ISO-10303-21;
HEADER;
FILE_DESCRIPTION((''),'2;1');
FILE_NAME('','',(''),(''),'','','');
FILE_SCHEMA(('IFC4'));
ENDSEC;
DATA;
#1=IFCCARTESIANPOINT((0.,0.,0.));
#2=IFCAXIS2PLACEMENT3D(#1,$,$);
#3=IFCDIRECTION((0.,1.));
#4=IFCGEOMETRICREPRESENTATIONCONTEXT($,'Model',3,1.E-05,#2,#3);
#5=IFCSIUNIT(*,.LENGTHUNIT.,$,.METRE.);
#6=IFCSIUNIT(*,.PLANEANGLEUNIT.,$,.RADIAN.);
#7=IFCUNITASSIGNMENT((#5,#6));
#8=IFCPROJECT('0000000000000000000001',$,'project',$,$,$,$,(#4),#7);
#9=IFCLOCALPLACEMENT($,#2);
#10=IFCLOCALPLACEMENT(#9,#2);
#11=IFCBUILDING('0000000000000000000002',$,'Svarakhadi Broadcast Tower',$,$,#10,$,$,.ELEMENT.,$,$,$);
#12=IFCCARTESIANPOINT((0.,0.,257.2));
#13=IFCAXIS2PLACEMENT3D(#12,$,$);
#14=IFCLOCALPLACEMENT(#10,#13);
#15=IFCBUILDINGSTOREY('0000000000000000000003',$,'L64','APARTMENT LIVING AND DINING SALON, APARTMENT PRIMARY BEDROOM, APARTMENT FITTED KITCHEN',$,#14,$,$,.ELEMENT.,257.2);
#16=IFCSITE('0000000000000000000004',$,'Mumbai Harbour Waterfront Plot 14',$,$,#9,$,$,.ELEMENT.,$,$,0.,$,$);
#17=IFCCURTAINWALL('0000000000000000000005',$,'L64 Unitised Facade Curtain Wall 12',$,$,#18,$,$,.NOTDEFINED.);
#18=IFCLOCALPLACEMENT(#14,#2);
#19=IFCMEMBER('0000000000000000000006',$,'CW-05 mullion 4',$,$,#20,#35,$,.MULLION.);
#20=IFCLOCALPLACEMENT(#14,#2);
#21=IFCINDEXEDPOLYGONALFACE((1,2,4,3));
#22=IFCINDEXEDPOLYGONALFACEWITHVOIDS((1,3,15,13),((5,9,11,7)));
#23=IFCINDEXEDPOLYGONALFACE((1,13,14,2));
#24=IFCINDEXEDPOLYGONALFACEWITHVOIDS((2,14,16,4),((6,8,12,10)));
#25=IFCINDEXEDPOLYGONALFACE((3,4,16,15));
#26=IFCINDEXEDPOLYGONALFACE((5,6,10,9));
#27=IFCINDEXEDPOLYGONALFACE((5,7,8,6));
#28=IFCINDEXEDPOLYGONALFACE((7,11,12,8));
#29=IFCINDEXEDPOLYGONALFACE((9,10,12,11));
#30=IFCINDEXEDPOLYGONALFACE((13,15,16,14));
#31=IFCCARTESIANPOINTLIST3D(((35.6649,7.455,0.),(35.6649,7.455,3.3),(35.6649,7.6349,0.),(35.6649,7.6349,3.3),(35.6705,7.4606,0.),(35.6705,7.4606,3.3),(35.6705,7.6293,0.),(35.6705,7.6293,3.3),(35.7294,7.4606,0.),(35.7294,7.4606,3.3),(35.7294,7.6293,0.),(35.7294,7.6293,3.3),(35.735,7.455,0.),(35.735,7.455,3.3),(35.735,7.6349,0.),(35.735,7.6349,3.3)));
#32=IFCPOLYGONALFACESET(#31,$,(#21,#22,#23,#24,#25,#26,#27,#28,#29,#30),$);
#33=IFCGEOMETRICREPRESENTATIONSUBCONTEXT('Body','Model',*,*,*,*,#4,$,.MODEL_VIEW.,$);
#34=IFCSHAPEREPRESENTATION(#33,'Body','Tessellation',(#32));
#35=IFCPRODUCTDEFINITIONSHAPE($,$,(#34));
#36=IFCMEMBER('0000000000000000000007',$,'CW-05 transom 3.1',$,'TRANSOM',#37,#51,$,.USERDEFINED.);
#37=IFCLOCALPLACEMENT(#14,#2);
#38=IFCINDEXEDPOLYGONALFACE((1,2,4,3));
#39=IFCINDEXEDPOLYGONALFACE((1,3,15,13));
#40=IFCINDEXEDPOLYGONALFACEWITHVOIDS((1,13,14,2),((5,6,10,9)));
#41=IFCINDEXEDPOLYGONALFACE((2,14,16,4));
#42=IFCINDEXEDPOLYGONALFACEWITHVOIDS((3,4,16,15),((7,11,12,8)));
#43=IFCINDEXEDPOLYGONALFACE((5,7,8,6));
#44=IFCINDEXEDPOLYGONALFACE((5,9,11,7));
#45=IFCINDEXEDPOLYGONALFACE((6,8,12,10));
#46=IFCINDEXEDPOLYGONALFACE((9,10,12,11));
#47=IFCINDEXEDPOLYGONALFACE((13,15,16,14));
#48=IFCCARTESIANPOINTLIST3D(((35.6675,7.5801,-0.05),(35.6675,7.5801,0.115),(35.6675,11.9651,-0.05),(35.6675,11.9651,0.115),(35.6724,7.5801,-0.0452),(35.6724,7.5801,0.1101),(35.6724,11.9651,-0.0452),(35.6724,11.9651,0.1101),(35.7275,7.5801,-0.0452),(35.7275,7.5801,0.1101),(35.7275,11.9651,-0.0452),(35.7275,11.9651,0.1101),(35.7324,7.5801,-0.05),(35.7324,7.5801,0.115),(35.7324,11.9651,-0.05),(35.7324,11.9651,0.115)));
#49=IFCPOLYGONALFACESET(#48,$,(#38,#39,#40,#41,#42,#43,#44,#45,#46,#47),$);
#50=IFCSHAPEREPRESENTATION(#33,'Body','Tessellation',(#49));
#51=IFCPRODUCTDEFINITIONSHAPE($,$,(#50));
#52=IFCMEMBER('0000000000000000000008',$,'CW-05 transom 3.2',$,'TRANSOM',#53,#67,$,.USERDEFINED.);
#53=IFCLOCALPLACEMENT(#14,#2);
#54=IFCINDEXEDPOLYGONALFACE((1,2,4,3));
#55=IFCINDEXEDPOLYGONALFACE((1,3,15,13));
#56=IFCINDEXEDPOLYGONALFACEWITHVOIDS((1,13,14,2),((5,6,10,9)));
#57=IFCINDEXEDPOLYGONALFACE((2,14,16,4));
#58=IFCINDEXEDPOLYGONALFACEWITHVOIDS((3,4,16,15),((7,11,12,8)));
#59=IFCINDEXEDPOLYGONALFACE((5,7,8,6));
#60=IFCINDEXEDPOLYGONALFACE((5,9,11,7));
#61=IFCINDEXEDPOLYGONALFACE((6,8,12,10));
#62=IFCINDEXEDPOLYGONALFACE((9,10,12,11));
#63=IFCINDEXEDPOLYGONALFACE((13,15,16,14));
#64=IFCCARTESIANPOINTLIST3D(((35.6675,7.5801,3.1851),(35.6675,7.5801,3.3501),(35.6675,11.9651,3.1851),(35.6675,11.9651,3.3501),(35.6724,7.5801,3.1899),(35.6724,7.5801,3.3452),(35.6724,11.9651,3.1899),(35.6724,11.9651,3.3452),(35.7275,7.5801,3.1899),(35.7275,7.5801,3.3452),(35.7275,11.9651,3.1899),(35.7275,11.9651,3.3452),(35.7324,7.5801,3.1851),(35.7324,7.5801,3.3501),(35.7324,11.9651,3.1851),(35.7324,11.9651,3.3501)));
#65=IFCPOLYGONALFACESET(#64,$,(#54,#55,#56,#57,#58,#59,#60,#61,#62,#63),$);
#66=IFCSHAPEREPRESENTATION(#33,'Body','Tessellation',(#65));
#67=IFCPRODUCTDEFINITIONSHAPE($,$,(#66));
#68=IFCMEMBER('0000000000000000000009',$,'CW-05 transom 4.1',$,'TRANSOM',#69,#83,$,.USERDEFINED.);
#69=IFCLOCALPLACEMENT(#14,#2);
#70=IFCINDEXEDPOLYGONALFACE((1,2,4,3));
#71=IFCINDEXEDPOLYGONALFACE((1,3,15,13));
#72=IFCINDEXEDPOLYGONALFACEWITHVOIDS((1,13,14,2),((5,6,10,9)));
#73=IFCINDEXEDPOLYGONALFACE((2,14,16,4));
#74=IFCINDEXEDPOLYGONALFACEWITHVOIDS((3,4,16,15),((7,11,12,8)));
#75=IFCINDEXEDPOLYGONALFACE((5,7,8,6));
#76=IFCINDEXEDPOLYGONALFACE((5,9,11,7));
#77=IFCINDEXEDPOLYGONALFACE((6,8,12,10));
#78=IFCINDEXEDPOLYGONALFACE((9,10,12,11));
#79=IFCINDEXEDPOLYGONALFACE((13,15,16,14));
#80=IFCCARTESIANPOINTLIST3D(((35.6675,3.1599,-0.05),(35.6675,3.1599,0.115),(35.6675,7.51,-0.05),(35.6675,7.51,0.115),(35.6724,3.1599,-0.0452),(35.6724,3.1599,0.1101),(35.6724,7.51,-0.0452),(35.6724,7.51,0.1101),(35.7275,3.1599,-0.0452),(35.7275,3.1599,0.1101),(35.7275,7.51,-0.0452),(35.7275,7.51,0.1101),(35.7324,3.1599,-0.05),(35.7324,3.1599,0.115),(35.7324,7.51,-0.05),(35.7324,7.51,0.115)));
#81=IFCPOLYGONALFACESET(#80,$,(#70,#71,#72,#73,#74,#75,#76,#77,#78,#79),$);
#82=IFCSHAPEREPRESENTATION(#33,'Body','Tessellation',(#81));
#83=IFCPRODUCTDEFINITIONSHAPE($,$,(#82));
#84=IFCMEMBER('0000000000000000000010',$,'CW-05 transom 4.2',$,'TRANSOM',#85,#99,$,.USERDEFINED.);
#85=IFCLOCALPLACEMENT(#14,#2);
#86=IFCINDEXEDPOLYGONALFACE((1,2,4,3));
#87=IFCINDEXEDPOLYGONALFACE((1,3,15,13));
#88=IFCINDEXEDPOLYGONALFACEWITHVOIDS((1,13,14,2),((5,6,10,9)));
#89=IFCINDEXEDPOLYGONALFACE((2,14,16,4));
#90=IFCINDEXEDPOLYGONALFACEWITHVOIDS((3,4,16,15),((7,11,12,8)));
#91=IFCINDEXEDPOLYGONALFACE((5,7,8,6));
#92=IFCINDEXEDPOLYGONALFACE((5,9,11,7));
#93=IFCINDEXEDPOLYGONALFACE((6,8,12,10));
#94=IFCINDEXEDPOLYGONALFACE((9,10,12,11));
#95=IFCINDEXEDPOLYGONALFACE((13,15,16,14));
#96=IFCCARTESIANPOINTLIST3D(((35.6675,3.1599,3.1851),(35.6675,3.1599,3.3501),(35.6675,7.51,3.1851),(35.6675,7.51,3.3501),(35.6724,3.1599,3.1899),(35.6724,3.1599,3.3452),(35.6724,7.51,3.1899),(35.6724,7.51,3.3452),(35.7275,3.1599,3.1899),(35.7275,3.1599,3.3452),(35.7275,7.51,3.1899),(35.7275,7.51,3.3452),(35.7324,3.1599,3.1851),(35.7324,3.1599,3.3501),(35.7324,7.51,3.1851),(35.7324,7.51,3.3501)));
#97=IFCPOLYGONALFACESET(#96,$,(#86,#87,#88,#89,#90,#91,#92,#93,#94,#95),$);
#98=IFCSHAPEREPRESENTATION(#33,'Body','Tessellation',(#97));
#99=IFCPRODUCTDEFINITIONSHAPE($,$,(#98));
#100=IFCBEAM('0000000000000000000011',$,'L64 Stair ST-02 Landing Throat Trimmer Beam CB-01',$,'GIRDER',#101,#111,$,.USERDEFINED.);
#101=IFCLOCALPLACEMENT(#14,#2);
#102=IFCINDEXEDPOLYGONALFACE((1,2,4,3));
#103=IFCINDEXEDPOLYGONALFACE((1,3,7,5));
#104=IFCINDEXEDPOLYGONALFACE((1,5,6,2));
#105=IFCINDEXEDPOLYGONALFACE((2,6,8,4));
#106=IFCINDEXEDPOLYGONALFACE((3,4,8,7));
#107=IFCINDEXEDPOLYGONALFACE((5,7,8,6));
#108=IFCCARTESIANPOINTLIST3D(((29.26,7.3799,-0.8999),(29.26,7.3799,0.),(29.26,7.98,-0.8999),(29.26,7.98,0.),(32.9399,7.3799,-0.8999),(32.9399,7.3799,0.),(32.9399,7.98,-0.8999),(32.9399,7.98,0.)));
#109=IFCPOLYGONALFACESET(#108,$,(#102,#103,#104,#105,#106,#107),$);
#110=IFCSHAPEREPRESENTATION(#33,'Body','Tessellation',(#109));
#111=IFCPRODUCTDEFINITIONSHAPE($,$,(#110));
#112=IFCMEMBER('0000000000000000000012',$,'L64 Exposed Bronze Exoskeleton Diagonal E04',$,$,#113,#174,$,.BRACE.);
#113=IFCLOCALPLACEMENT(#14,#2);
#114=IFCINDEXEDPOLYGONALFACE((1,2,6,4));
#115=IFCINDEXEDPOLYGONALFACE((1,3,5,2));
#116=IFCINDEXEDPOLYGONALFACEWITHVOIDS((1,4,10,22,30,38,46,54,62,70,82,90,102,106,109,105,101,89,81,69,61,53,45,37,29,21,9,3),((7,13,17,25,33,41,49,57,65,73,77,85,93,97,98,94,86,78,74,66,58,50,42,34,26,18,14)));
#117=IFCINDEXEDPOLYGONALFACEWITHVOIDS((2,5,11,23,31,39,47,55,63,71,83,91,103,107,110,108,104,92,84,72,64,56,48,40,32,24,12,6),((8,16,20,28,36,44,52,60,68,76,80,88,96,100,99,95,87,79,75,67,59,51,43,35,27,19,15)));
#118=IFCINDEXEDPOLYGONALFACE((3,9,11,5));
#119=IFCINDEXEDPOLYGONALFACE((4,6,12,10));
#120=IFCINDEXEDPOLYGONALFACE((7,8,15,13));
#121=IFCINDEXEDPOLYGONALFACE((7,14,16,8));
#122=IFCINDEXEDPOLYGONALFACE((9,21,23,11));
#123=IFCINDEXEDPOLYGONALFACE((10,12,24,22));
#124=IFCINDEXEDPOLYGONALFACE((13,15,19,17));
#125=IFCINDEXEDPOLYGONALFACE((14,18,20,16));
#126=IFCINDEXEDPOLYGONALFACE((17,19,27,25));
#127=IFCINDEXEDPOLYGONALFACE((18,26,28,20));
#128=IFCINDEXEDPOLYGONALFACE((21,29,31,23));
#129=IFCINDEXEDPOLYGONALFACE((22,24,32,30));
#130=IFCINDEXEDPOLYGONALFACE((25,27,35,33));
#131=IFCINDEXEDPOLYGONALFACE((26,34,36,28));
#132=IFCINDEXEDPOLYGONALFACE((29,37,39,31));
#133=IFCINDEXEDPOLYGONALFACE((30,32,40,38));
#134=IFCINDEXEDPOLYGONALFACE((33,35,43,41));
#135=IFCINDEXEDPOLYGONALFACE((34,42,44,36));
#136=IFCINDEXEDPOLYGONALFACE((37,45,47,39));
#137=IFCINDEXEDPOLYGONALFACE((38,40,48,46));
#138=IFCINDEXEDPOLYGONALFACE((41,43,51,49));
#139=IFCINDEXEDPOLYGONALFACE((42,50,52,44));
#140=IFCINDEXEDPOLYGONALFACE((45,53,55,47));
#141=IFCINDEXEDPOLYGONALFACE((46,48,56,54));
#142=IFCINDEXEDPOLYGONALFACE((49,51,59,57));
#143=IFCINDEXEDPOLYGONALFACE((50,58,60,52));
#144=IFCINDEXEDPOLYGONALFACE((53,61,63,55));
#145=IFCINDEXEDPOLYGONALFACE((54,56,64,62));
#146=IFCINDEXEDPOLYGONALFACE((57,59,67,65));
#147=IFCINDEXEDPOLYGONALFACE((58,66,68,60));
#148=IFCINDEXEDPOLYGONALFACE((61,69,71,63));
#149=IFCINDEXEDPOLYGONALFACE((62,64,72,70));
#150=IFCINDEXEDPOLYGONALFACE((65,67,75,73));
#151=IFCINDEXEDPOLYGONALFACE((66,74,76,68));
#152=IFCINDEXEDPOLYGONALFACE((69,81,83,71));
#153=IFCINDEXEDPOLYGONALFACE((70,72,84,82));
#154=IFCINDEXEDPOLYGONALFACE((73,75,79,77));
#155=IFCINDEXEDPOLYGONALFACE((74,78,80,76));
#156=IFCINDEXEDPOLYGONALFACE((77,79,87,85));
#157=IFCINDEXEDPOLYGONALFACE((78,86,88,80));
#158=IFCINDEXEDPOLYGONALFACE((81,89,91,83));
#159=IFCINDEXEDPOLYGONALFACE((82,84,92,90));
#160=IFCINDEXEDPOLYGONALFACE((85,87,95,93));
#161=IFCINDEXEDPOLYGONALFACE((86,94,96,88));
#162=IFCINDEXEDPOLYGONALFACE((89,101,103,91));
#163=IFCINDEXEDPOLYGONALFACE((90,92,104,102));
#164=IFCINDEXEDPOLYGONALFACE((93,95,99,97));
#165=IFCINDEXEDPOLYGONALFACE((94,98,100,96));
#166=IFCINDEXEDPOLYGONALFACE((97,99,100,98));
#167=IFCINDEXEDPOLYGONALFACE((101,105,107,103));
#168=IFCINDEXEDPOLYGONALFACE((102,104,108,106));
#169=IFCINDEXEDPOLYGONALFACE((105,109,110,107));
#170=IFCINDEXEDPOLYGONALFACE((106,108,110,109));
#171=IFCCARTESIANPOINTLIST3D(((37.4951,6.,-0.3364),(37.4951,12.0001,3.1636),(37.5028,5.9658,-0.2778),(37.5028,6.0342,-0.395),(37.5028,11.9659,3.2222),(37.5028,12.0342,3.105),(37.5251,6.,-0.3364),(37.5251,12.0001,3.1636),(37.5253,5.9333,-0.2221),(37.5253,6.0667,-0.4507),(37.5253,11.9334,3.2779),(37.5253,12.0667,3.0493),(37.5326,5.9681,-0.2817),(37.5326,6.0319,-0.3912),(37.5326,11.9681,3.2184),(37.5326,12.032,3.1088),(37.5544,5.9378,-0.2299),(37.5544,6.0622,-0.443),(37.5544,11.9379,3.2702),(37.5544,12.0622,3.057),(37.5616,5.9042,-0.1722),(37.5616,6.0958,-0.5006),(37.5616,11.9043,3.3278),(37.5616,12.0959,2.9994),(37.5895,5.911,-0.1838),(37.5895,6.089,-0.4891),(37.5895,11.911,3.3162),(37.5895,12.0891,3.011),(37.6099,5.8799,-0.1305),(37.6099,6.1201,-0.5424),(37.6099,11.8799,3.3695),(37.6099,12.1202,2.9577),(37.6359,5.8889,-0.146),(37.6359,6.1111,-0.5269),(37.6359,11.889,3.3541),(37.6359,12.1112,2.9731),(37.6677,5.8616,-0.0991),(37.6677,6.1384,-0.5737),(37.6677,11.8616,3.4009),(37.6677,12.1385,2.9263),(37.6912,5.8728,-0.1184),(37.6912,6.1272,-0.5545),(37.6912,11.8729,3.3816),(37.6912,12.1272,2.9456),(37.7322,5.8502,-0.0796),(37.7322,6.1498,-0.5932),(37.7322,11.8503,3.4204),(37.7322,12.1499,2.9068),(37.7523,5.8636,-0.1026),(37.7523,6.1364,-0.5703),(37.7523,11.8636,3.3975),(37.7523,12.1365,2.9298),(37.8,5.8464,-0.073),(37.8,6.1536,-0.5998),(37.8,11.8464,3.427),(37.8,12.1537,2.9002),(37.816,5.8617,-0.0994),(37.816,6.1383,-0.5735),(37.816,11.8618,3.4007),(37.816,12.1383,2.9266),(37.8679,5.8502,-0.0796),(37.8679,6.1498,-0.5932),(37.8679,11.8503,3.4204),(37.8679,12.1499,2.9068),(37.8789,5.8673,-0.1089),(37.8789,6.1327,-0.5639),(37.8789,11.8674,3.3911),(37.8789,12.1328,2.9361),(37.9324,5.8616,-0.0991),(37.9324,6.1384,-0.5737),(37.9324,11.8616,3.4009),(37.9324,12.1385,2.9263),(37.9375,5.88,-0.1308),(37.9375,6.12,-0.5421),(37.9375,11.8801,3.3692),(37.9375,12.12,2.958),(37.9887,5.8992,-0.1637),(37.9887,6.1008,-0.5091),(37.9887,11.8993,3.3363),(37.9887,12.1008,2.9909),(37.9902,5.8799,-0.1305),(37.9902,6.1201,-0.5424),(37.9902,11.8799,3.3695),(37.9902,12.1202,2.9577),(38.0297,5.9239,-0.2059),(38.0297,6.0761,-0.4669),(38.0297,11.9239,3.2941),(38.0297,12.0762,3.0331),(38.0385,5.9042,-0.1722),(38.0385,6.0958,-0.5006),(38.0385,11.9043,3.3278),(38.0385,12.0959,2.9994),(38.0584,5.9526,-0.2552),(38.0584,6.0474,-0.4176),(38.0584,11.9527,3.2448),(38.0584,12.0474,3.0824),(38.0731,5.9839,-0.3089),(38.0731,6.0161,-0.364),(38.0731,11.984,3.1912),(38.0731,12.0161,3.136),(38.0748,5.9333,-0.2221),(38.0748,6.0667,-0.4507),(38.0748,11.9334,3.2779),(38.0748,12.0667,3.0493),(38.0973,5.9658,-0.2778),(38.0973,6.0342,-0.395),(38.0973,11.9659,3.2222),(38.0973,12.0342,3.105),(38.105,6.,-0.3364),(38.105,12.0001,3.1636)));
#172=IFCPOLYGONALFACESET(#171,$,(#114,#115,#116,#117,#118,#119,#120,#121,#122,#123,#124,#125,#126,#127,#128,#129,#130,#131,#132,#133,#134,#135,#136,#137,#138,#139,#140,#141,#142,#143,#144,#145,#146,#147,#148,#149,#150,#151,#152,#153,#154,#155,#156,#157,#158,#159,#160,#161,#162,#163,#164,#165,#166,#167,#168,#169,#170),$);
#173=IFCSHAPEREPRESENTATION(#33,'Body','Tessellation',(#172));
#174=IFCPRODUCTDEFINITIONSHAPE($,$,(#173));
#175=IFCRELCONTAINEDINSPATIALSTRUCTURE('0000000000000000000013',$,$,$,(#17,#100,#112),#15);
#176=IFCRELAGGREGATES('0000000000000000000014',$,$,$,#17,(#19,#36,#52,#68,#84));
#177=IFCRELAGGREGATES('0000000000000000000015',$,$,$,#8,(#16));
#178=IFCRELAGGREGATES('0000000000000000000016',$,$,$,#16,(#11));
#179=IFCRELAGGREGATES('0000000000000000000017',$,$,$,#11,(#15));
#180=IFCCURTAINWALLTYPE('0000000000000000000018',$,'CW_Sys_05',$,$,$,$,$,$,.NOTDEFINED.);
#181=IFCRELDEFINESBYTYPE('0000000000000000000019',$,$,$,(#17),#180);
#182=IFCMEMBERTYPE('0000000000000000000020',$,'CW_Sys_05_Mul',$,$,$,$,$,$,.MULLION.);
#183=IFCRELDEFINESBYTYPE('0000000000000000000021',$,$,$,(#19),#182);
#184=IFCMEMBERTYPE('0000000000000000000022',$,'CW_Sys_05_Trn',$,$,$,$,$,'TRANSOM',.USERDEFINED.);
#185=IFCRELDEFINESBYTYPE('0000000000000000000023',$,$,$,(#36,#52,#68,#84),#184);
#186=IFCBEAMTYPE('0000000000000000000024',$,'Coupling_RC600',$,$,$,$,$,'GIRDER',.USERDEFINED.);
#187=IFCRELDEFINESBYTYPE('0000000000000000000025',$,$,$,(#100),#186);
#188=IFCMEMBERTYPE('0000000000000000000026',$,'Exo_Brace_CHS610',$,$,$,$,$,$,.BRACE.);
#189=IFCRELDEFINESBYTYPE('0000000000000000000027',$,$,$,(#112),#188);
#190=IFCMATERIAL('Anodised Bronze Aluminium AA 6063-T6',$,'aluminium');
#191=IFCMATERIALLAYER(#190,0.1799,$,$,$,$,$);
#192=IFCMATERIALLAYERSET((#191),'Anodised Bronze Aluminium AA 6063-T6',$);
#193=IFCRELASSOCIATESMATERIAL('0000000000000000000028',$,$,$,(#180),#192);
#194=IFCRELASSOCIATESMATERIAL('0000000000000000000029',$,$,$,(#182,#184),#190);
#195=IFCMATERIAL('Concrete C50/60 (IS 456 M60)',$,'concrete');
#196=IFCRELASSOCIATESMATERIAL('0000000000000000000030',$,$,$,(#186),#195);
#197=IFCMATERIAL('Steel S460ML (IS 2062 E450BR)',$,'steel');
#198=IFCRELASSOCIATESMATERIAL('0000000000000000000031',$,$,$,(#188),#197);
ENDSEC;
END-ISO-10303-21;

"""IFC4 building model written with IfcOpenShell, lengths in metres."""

from ifc_helpers import new_model, si_unit, direction, frame, origin, origin_2d, place, context, subcontext, project, spatial, rectangle, hollow_rectangle, hollow_circle, extrude, material, layer, layer_set, material_profile, profile_set, type_object, element, aggregate, save


model = new_model("IFC4")

# Units and contexts
model_context = context("Model", 3, precision=1e-05, world=origin(), true_north=direction((0.0, 1.0)))
body_context = subcontext(model_context, "Body", "Model", "MODEL_VIEW")
ifc_project = project(units=[si_unit("LENGTHUNIT", "METRE"), si_unit("PLANEANGLEUNIT", "RADIAN")], contexts=[model_context])

# Site, building, storey
site_placement = place(None, origin())
site = spatial("IfcSite", under=ifc_project, at=site_placement, Name="Mumbai Harbour Waterfront Plot 14", CompositionType="ELEMENT", RefElevation=0.0)
building_placement = place(site_placement, origin())
building = spatial("IfcBuilding", under=site, at=building_placement, Name="Svarakhadi Broadcast Tower", CompositionType="ELEMENT")
storey_placement = place(building_placement, frame((0.0, 0.0, 257.2)))
storey = spatial("IfcBuildingStorey", under=building, at=storey_placement, Name="L64", Description="APARTMENT LIVING AND DINING SALON, APARTMENT PRIMARY BEDROOM, APARTMENT FITTED KITCHEN", CompositionType="ELEMENT", Elevation=257.2)

# Curtain wall, members
ifc_material_1 = material(Name="Anodised Bronze Aluminium AA 6063-T6", Category="aluminium")
ifc_layer_1 = layer(ifc_material_1, 0.1799)
ifc_layer_set_1 = layer_set([ifc_layer_1], Name="Anodised Bronze Aluminium AA 6063-T6")
curtain_wall_type = type_object("IfcCurtainWallType", Name="CW_Sys_05", PredefinedType="NOTDEFINED", material=ifc_layer_set_1)
curtain_wall_placement = place(storey_placement, origin())
curtain_wall = element("IfcCurtainWall", 1, at=curtain_wall_placement, inside=storey, type_object=curtain_wall_type, Name="L64 Unitised Facade Curtain Wall 12", PredefinedType="NOTDEFINED")
ifc_material_profile_1 = material_profile(ifc_material_1, hollow_rectangle(XDim=0.0701, YDim=0.1799, WallThickness=0.0056, at=origin_2d()), Name="ALU MULLION 180x70x6")
ifc_profile_set_1 = profile_set([ifc_material_profile_1], Name="Anodised Bronze Aluminium AA 6063-T6")
member_type_1 = type_object("IfcMemberType", Name="CW_Sys_05_Mul", PredefinedType="MULLION", material=ifc_profile_set_1)
member_1_placement = place(storey_placement, frame((35.7, 7.5449, 0.0), z_axis=(0.0, 0.0, 1.0), x_axis=(1.0, 0.0, 0.0)))
member_1 = element("IfcMember", 2, at=member_1_placement, type_object=member_type_1, Name="CW-05 mullion 4", PredefinedType="MULLION", context=body_context, shape_type="SweptSolid", body=[
    extrude(hollow_rectangle(XDim=0.0701, YDim=0.1799, WallThickness=0.0056, at=origin_2d()), origin(), (0.0, 0.0, 1.0), 3.3),
])
ifc_material_profile_2 = material_profile(ifc_material_1, hollow_rectangle(XDim=0.0649, YDim=0.165, WallThickness=0.0049, at=origin_2d()), Name="ALU TRANSOM 165x65x5")
ifc_profile_set_2 = profile_set([ifc_material_profile_2], Name="Anodised Bronze Aluminium AA 6063-T6")
member_type_2 = type_object("IfcMemberType", Name="CW_Sys_05_Trn", ElementType="TRANSOM", PredefinedType="USERDEFINED", material=ifc_profile_set_2)
member_2_placement = place(storey_placement, frame((35.7, 11.9651, 0.0325), z_axis=(0.0, -1.0, 0.0), x_axis=(1.0, 0.0, 0.0)))
member_2 = element("IfcMember", 3, at=member_2_placement, type_object=member_type_2, Name="CW-05 transom 3.1", ObjectType="TRANSOM", PredefinedType="USERDEFINED", context=body_context, shape_type="SweptSolid", body=[
    extrude(hollow_rectangle(XDim=0.0649, YDim=0.165, WallThickness=0.0049, at=origin_2d()), origin(), (0.0, 0.0, 1.0), 4.385),
])
member_3_placement = place(storey_placement, frame((35.7, 11.9651, 3.2676), z_axis=(0.0, -1.0, 0.0), x_axis=(1.0, 0.0, 0.0)))
member_3 = element("IfcMember", 4, at=member_3_placement, type_object=member_type_2, Name="CW-05 transom 3.2", ObjectType="TRANSOM", PredefinedType="USERDEFINED", context=body_context, shape_type="SweptSolid", body=[
    extrude(hollow_rectangle(XDim=0.0649, YDim=0.165, WallThickness=0.0049, at=origin_2d()), origin(), (0.0, 0.0, 1.0), 4.385),
])
member_4_placement = place(storey_placement, frame((35.7, 7.51, 0.0325), z_axis=(0.0, -1.0, 0.0), x_axis=(1.0, 0.0, 0.0)))
member_4 = element("IfcMember", 5, at=member_4_placement, type_object=member_type_2, Name="CW-05 transom 4.1", ObjectType="TRANSOM", PredefinedType="USERDEFINED", context=body_context, shape_type="SweptSolid", body=[
    extrude(hollow_rectangle(XDim=0.0649, YDim=0.165, WallThickness=0.0049, at=origin_2d()), origin(), (0.0, 0.0, 1.0), 4.3501),
])
member_5_placement = place(storey_placement, frame((35.7, 7.51, 3.2676), z_axis=(0.0, -1.0, 0.0), x_axis=(1.0, 0.0, 0.0)))
member_5 = element("IfcMember", 6, at=member_5_placement, type_object=member_type_2, Name="CW-05 transom 4.2", ObjectType="TRANSOM", PredefinedType="USERDEFINED", context=body_context, shape_type="SweptSolid", body=[
    extrude(hollow_rectangle(XDim=0.0649, YDim=0.165, WallThickness=0.0049, at=origin_2d()), origin(), (0.0, 0.0, 1.0), 4.3501),
])

# Beam
ifc_material_2 = material(Name="Concrete C50/60 (IS 456 M60)", Category="concrete")
ifc_material_profile_3 = material_profile(ifc_material_2, rectangle(XDim=0.6001, YDim=0.8999, at=origin_2d()), Name="RC 600x900")
ifc_profile_set_3 = profile_set([ifc_material_profile_3], Name="Concrete C50/60 (IS 456 M60)")
beam_type = type_object("IfcBeamType", Name="Coupling_RC600", ElementType="GIRDER", PredefinedType="USERDEFINED", material=ifc_profile_set_3)
beam_placement = place(storey_placement, frame((29.26, 7.6799, -0.45), z_axis=(1.0, 0.0, 0.0), x_axis=(0.0, 1.0, 0.0)))
element("IfcBeam", 7, at=beam_placement, inside=storey, type_object=beam_type, Name="L64 Stair ST-02 Landing Throat Trimmer Beam CB-01", ObjectType="GIRDER", PredefinedType="USERDEFINED", context=body_context, shape_type="SweptSolid", body=[
    extrude(rectangle(XDim=0.6001, YDim=0.8999, at=origin_2d()), origin(), (0.0, 0.0, 1.0), 3.6799),
])

# Member
ifc_material_3 = material(Name="Steel S460ML (IS 2062 E450BR)", Category="steel")
ifc_material_profile_4 = material_profile(ifc_material_3, hollow_circle(Radius=0.3049, WallThickness=0.03, at=origin_2d()), Name="CHS 610x30")
ifc_profile_set_4 = profile_set([ifc_material_profile_4], Name="Steel S460ML (IS 2062 E450BR)")
member_type_3 = type_object("IfcMemberType", Name="Exo_Brace_CHS610", PredefinedType="BRACE", material=ifc_profile_set_4)
member_6_placement = place(storey_placement, frame((37.8, 6.0, -0.3364), z_axis=(0.0, 0.863779, 0.503871), x_axis=(-1.0, 0.0, 0.0)))
element("IfcMember", 8, at=member_6_placement, inside=storey, type_object=member_type_3, Name="L64 Exposed Bronze Exoskeleton Diagonal E04", PredefinedType="BRACE", context=body_context, shape_type="SweptSolid", body=[
    extrude(hollow_circle(Radius=0.3049, WallThickness=0.03, at=origin_2d()), origin(), (0.0, 0.0, 1.0), 6.9463),
])

aggregate(curtain_wall, [member_1, member_2, member_3, member_4, member_5])

save(model, "model.ifc")
